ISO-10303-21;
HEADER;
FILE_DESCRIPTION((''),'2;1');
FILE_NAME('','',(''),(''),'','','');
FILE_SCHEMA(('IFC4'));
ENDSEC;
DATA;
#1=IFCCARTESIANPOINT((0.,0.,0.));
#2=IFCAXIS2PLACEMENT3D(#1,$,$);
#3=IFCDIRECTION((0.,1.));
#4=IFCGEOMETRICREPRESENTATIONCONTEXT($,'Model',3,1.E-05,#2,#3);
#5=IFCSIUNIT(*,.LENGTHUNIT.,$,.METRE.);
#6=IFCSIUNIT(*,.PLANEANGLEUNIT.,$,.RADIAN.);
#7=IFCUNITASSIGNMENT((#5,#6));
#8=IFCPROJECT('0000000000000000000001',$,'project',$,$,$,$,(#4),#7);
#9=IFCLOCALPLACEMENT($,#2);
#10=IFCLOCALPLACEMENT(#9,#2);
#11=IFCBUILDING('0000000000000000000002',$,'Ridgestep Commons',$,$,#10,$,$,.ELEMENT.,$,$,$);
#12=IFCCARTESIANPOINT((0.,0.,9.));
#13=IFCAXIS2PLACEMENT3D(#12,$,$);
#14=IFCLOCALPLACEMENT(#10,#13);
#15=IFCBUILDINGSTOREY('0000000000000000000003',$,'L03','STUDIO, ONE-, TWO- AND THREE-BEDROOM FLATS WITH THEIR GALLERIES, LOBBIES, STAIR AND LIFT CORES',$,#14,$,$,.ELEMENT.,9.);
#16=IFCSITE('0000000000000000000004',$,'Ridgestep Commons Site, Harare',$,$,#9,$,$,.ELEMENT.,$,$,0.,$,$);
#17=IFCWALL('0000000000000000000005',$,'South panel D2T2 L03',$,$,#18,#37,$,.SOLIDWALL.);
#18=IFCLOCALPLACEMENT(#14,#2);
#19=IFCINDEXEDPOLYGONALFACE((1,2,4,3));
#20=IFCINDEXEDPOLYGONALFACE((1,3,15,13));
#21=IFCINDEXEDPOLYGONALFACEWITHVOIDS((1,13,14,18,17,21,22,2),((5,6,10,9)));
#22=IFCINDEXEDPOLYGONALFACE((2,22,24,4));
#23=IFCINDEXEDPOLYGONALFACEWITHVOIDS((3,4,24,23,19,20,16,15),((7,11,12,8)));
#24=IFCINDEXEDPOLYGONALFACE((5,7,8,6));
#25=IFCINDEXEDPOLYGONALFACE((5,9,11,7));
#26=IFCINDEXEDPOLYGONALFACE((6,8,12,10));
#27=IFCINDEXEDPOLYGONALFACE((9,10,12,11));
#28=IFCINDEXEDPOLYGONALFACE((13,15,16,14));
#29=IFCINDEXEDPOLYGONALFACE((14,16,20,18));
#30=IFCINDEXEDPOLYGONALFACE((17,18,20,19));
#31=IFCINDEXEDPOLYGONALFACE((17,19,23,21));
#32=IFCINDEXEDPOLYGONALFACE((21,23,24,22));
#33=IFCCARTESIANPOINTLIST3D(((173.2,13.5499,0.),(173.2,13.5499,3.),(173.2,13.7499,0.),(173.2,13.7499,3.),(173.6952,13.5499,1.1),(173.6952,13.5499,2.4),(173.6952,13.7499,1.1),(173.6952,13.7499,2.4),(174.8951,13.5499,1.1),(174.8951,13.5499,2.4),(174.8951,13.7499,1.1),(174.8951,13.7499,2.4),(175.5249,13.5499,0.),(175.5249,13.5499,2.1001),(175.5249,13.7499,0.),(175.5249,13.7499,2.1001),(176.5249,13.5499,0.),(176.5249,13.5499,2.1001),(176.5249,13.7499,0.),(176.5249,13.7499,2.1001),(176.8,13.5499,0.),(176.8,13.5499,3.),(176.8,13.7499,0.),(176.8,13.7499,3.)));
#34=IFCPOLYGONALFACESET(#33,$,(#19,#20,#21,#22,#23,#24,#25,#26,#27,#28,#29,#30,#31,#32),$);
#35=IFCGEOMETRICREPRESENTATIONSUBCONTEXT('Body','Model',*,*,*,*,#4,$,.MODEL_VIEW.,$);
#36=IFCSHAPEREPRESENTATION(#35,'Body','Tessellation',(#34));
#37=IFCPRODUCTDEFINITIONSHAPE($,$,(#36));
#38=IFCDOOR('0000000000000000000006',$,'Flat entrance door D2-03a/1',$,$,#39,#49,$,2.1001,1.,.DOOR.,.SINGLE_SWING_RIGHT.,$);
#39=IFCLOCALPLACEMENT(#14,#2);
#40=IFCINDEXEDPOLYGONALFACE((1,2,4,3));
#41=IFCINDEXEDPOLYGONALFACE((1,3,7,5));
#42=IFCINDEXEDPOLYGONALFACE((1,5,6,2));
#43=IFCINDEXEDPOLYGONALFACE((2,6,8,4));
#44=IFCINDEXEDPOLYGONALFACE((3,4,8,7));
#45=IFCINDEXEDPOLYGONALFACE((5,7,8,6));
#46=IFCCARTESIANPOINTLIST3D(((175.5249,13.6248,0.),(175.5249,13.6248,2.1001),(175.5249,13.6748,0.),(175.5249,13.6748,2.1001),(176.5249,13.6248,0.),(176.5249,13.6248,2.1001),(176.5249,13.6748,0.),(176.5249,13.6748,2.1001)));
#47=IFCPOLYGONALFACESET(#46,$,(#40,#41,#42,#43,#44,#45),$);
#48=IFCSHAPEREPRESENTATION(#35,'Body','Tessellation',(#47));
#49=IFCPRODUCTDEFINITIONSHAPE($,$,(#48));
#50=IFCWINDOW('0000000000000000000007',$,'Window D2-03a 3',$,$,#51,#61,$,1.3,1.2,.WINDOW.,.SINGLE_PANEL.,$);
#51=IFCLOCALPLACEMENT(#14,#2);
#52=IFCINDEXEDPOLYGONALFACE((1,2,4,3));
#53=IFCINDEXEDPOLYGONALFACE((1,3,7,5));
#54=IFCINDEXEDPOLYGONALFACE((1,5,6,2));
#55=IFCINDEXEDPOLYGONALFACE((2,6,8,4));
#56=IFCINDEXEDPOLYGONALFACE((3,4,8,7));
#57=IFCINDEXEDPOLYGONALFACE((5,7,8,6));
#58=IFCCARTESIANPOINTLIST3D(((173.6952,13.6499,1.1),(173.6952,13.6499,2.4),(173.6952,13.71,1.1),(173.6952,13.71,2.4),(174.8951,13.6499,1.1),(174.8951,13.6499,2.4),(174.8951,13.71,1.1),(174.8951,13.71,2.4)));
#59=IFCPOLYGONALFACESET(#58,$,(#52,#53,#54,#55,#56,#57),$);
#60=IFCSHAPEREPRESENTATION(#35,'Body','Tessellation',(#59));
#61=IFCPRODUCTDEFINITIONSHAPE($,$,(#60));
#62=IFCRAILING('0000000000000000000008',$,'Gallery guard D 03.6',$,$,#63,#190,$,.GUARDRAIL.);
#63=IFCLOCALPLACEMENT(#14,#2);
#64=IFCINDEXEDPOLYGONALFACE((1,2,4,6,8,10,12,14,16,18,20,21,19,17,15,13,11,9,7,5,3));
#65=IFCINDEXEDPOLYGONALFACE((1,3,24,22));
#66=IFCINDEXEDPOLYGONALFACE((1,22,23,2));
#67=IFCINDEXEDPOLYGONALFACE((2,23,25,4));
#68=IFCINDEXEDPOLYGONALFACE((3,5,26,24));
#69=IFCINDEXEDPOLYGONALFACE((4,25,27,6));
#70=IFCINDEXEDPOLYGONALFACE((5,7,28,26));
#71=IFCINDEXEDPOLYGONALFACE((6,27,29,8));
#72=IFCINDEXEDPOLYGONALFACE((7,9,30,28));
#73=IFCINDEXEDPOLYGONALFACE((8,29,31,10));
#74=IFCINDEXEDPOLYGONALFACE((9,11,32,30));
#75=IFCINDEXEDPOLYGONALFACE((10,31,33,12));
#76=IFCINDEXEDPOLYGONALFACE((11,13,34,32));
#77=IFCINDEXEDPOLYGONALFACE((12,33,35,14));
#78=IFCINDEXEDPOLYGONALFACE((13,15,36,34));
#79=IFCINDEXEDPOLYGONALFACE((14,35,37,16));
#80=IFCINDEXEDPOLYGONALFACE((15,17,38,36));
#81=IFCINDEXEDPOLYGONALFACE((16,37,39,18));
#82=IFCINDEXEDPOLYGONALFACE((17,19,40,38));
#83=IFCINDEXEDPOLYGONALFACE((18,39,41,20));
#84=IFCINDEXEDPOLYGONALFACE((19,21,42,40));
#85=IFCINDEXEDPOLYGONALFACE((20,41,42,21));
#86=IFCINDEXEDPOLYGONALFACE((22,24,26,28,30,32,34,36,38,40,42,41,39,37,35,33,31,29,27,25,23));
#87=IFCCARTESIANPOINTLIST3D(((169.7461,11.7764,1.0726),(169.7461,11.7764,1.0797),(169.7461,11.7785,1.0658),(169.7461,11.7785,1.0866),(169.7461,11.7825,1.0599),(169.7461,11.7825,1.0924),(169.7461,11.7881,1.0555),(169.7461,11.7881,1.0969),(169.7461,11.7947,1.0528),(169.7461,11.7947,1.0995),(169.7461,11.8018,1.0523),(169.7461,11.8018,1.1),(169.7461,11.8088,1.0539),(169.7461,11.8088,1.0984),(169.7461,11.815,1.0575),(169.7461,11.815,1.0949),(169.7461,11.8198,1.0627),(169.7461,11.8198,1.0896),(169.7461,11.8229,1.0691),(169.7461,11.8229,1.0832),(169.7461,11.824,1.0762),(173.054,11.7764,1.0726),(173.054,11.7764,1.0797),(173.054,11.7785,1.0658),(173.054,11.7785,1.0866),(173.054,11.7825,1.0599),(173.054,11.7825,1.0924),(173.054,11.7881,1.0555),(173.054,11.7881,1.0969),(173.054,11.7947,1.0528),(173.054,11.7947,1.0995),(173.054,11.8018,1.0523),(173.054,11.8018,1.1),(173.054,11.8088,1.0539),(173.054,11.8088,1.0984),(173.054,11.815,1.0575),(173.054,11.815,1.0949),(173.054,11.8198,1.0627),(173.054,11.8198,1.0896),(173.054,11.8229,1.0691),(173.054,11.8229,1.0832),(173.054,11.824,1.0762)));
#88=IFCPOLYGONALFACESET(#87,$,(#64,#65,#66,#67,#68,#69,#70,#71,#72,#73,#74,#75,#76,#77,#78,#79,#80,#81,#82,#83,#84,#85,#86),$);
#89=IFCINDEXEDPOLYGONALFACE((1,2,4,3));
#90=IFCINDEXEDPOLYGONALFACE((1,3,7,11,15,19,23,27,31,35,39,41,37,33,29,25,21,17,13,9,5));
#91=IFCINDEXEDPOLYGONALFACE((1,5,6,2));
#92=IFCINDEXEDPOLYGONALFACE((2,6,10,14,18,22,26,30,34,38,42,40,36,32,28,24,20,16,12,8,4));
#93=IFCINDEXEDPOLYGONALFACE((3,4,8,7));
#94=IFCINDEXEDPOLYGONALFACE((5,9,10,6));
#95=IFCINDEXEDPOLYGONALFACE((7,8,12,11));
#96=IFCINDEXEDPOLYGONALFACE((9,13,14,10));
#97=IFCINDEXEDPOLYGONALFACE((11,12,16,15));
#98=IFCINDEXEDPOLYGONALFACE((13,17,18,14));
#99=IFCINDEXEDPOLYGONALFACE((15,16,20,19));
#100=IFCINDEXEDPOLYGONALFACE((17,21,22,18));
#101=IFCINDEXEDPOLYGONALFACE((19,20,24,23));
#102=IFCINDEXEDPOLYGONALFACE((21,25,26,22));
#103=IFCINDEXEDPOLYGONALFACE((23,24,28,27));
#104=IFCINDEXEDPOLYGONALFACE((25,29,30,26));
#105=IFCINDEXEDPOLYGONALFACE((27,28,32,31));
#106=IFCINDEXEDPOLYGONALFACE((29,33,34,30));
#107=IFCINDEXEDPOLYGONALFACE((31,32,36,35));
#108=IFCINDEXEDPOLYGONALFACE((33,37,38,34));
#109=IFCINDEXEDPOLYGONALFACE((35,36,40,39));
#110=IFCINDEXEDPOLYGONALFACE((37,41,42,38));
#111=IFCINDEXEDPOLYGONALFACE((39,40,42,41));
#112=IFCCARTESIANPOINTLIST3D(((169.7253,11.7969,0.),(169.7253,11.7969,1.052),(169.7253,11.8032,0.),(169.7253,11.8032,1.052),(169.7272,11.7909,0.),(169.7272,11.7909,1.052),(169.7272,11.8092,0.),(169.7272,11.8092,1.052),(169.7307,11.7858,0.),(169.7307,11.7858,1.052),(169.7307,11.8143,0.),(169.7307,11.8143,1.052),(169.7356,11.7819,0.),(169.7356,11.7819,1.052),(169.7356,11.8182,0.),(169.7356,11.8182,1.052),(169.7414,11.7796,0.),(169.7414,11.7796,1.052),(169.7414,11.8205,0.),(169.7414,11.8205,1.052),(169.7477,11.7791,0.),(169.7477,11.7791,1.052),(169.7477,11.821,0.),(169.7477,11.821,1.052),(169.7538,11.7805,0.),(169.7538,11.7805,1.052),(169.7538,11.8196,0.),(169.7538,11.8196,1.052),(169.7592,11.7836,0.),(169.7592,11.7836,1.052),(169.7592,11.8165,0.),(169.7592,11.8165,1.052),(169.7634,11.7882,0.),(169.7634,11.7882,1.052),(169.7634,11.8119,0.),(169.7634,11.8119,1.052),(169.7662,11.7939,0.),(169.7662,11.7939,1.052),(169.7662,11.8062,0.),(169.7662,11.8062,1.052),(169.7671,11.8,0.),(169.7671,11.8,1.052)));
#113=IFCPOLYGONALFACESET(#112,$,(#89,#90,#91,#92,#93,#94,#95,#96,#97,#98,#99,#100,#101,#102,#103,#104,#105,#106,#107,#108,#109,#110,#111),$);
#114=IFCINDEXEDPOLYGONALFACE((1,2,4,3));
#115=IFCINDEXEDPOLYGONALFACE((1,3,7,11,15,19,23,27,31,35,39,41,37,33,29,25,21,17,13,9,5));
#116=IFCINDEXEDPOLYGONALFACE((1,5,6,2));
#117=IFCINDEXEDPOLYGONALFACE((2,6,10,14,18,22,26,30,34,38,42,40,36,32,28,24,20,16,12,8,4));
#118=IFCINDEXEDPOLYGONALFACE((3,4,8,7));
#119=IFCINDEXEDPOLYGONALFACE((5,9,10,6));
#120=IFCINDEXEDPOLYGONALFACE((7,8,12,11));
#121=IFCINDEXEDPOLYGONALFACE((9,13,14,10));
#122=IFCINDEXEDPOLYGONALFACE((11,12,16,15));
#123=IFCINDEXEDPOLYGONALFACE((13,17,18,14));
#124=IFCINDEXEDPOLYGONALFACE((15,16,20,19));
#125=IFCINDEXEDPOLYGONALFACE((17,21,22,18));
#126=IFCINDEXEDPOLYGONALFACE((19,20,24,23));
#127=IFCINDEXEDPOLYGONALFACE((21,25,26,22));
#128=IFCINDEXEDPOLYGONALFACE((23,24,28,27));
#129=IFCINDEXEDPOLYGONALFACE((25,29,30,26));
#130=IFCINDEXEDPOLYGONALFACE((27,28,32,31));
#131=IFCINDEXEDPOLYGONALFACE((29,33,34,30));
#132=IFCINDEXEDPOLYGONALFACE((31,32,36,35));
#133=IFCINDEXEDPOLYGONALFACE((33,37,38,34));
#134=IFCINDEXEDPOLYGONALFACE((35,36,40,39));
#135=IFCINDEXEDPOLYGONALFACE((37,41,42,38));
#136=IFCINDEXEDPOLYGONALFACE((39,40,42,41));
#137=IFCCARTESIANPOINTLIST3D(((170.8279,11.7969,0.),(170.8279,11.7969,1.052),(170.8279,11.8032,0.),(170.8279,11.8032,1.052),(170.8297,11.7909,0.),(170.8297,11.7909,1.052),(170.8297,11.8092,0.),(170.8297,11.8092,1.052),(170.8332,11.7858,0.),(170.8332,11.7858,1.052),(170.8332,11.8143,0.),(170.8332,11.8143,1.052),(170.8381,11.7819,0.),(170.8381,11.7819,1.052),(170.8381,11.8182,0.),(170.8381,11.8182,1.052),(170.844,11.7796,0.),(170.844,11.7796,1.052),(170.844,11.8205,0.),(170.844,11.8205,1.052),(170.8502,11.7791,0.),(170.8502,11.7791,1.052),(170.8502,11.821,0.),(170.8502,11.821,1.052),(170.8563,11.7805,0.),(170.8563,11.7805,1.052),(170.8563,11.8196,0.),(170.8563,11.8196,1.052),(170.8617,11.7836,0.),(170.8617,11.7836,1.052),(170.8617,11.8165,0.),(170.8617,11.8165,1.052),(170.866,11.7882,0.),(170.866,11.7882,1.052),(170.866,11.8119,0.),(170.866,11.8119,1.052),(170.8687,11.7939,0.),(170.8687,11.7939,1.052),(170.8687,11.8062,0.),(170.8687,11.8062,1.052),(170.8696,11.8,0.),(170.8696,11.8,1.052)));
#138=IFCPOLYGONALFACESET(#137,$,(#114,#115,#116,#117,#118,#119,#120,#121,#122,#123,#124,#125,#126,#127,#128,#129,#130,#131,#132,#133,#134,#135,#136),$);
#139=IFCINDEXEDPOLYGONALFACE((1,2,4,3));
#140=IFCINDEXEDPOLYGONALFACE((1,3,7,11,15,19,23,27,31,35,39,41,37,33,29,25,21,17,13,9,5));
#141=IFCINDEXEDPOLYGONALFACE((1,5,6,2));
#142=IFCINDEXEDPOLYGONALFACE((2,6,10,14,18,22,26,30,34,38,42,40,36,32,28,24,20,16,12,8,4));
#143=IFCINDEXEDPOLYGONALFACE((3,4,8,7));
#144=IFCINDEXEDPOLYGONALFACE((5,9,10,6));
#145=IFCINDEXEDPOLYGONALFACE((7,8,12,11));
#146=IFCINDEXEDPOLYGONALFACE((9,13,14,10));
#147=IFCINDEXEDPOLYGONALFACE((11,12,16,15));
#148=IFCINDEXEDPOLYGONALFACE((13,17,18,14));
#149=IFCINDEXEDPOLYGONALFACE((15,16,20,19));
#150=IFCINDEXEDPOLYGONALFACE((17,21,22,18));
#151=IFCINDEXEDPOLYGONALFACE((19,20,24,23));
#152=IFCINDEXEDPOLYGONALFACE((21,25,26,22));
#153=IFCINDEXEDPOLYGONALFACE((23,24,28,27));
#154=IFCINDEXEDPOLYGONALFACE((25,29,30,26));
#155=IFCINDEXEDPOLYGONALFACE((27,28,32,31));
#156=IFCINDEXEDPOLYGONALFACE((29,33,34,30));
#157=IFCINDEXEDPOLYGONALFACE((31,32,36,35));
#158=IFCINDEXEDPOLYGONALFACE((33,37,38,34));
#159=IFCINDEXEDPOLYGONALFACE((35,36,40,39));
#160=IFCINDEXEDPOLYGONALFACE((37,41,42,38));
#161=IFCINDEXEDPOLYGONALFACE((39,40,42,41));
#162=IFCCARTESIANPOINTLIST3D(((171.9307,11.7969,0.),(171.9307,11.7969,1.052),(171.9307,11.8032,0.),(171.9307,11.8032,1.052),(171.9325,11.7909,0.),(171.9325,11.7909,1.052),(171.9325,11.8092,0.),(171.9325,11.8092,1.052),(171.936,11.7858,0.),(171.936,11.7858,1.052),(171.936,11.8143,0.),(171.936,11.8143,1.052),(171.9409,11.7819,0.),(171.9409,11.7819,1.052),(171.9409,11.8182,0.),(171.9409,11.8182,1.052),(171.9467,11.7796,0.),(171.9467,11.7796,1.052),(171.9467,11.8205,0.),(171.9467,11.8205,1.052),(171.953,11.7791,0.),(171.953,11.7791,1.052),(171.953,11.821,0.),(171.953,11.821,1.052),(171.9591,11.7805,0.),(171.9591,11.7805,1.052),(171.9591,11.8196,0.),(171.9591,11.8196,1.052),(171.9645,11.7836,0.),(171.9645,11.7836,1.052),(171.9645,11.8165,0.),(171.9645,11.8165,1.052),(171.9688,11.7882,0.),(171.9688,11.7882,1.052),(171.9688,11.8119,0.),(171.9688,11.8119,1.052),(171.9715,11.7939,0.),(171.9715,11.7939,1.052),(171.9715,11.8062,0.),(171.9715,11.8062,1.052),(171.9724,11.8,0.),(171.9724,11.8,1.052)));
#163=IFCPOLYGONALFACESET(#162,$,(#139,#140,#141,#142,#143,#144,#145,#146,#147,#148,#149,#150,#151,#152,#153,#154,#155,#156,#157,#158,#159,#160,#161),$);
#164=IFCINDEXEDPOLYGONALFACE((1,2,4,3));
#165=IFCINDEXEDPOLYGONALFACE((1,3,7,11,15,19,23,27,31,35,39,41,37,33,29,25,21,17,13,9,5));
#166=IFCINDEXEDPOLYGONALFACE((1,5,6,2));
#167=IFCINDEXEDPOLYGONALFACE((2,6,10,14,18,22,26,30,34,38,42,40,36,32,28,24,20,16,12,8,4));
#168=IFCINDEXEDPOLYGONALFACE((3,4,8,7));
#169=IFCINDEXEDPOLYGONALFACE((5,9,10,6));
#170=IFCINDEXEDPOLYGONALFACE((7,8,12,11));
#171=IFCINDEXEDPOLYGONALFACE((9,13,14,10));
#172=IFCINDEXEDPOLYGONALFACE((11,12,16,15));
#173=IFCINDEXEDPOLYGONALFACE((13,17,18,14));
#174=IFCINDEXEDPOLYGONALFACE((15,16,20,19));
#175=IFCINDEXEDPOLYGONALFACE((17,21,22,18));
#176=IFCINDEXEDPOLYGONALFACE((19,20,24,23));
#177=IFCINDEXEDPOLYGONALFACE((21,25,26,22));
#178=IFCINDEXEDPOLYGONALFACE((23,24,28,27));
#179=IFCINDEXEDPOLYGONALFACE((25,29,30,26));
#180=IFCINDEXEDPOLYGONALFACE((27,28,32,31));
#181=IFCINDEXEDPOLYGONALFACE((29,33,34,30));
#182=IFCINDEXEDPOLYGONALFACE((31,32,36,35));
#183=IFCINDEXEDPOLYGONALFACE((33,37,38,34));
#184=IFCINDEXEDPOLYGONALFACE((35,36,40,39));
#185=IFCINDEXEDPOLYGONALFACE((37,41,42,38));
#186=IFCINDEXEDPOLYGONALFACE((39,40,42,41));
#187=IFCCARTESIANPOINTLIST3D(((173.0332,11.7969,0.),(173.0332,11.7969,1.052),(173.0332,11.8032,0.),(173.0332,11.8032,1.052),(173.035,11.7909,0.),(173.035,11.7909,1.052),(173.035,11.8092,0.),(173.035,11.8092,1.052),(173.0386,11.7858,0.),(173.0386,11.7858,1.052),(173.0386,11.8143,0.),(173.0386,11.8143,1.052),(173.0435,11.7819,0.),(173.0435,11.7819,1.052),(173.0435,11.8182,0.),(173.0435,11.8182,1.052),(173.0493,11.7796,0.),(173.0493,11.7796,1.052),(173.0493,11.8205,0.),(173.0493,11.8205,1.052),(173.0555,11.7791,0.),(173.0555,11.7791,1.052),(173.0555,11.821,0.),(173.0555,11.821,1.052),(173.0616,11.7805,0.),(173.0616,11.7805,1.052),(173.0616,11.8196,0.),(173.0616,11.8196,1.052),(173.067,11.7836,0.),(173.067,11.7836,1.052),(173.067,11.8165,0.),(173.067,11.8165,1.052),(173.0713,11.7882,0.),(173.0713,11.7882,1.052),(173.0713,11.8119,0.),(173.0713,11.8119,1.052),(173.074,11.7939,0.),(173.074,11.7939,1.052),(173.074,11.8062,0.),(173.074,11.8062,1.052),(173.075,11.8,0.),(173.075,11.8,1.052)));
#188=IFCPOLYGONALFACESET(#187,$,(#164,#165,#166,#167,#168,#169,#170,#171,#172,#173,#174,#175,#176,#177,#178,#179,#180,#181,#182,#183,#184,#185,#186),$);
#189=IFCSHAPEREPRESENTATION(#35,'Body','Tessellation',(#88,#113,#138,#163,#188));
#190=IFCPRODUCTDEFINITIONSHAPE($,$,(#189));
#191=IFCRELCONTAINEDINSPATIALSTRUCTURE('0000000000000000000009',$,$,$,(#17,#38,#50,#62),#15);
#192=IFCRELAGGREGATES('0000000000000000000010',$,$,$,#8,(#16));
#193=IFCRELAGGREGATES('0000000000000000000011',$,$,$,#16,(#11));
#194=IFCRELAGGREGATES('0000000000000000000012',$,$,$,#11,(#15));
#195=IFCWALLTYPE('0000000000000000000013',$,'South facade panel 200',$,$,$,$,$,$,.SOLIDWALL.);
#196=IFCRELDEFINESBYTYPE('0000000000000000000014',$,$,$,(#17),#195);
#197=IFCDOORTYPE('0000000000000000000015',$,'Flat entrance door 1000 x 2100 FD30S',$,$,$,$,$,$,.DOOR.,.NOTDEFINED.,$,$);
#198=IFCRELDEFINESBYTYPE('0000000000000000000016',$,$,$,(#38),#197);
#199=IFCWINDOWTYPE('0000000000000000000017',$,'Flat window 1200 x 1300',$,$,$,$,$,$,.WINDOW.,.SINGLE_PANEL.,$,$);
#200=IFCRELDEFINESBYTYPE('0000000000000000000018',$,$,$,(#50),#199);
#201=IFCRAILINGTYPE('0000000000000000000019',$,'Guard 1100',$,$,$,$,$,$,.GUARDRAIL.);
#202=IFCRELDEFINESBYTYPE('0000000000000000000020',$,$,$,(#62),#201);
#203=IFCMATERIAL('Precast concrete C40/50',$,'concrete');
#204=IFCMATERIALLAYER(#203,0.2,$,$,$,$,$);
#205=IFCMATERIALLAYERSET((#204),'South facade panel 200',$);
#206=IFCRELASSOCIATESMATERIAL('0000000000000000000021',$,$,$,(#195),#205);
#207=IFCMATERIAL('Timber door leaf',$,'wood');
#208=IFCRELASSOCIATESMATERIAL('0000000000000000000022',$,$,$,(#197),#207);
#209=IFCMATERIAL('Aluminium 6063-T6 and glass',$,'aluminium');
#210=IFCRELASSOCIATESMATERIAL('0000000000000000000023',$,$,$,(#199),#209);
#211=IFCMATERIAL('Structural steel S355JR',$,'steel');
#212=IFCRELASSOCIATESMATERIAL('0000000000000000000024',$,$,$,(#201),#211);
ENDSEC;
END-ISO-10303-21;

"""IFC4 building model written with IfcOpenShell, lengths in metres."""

from ifc_helpers import new_model, si_unit, direction, frame, frame_2d, origin, origin_2d, place, context, subcontext, project, spatial, rectangle, circle, extrude, material, layer, layer_set, type_object, element, fill, save


model = new_model("IFC4")

# Units and contexts
model_context = context("Model", 3, precision=1e-05, world=origin(), true_north=direction((0.0, 1.0)))
body_context = subcontext(model_context, "Body", "Model", "MODEL_VIEW")
ifc_project = project(units=[si_unit("LENGTHUNIT", "METRE"), si_unit("PLANEANGLEUNIT", "RADIAN")], contexts=[model_context])

# Site, building, storey
site_placement = place(None, origin())
site = spatial("IfcSite", under=ifc_project, at=site_placement, Name="Ridgestep Commons Site, Harare", CompositionType="ELEMENT", RefElevation=0.0)
building_placement = place(site_placement, origin())
building = spatial("IfcBuilding", under=site, at=building_placement, Name="Ridgestep Commons", CompositionType="ELEMENT")
storey_placement = place(building_placement, frame((0.0, 0.0, 9.0)))
storey = spatial("IfcBuildingStorey", under=building, at=storey_placement, Name="L03", Description="STUDIO, ONE-, TWO- AND THREE-BEDROOM FLATS WITH THEIR GALLERIES, LOBBIES, STAIR AND LIFT CORES", CompositionType="ELEMENT", Elevation=9.0)

# Wall, openings, door, window
ifc_material_1 = material(Name="Precast concrete C40/50", Category="concrete")
ifc_layer_1 = layer(ifc_material_1, 0.2)
ifc_layer_set_1 = layer_set([ifc_layer_1], Name="South facade panel 200")
wall_type_1 = type_object("IfcWallType", Name="South facade panel 200", PredefinedType="SOLIDWALL", material=ifc_layer_set_1)
wall_1_placement = place(storey_placement, frame((173.2, 13.6499, 0.0), z_axis=(0.0, 0.0, 1.0), x_axis=(1.0, 0.0, 0.0)))
wall_1 = element("IfcWall", 1, at=wall_1_placement, inside=storey, type_object=wall_type_1, Name="South panel D2T2 L03", PredefinedType="SOLIDWALL", context=body_context, shape_type="SweptSolid", body=[
    extrude(rectangle(XDim=3.6001, YDim=0.2, at=frame_2d((1.8, 0.0))), origin(), (0.0, 0.0, 1.0), 3.0),
])
opening_1_placement = place(wall_1_placement, frame((0.4951, 0.0, 1.1001)))
opening_1 = element("IfcOpeningElement", 2, at=opening_1_placement, cuts=wall_1, PredefinedType="OPENING", context=body_context, shape_type="SweptSolid", body=[
    extrude(rectangle(XDim=1.2, YDim=1.3, at=frame_2d((0.6001, 0.6499))), frame((0.0, 0.1099, 0.0), z_axis=(0.0, -1.0, 0.0), x_axis=(1.0, 0.0, 0.0)), (0.0, 0.0, 1.0), 0.22),
])
opening_2_placement = place(wall_1_placement, frame((2.325, 0.0, 0.0)))
opening_2 = element("IfcOpeningElement", 3, at=opening_2_placement, cuts=wall_1, PredefinedType="OPENING", context=body_context, shape_type="SweptSolid", body=[
    extrude(rectangle(XDim=1.0, YDim=2.1001, at=frame_2d((0.5, 1.05))), frame((0.0, 0.1099, 0.0), z_axis=(0.0, -1.0, 0.0), x_axis=(1.0, 0.0, 0.0)), (0.0, 0.0, 1.0), 0.22),
])
ifc_material_2 = material(Name="Timber door leaf", Category="wood")
door_type_1 = type_object("IfcDoorType", Name="Flat entrance door 1000 x 2100 FD30S", OperationType="NOTDEFINED", PredefinedType="DOOR", material=ifc_material_2)
door_1_placement = place(opening_2_placement, origin())
door_1 = element("IfcDoor", 4, at=door_1_placement, inside=storey, type_object=door_type_1, Name="Flat entrance door D2-03a/1", OperationType="SINGLE_SWING_RIGHT", OverallHeight=2.1001, OverallWidth=1.0, PredefinedType="DOOR", context=body_context, shape_type="SweptSolid", body=[
    extrude(rectangle(XDim=1.0, YDim=2.1001, at=frame_2d((0.5, 1.05))), frame((0.0, 0.0249, 0.0), z_axis=(0.0, -1.0, 0.0), x_axis=(1.0, 0.0, 0.0)), (0.0, 0.0, 1.0), 0.05),
])
fill(opening_2, door_1)
ifc_material_3 = material(Name="Aluminium 6063-T6 and glass", Category="aluminium")
window_type = type_object("IfcWindowType", Name="Flat window 1200 x 1300", PartitioningType="SINGLE_PANEL", PredefinedType="WINDOW", material=ifc_material_3)
window_placement = place(opening_1_placement, origin())
window = element("IfcWindow", 5, at=window_placement, inside=storey, type_object=window_type, Name="Window D2-03a 3", OverallHeight=1.3, OverallWidth=1.2, PartitioningType="SINGLE_PANEL", PredefinedType="WINDOW", context=body_context, shape_type="SweptSolid", body=[
    extrude(rectangle(XDim=1.2, YDim=1.3, at=frame_2d((0.6001, 0.6499))), frame((0.0, 0.0601, 0.0), z_axis=(0.0, -1.0, 0.0), x_axis=(1.0, 0.0, 0.0)), (0.0, 0.0, 1.0), 0.0601),
])
fill(opening_1, window)

# Railing
ifc_material_4 = material(Name="Structural steel S355JR", Category="steel")
railing_type = type_object("IfcRailingType", Name="Guard 1100", PredefinedType="GUARDRAIL", material=ifc_material_4)
railing_1_placement = place(storey_placement, frame((169.7461, 11.8, 0.0)))
element("IfcRailing", 6, at=railing_1_placement, inside=storey, type_object=railing_type, Name="Gallery guard D 03.6", PredefinedType="GUARDRAIL", context=body_context, shape_type="SweptSolid", body=[
    extrude(circle(Radius=0.0239, at=origin_2d()), frame((0.0, 0.0, 1.0762), z_axis=(1.0, 0.0, 0.0), x_axis=(0.0, 1.0, 0.0)), (0.0, 0.0, 1.0), 3.3079),
    extrude(circle(Radius=0.021, at=origin_2d()), origin(), (0.0, 0.0, 1.0), 1.052),
    extrude(circle(Radius=0.021, at=origin_2d()), frame((1.1025, 0.0, 0.0)), (0.0, 0.0, 1.0), 1.052),
    extrude(circle(Radius=0.021, at=origin_2d()), frame((2.2053, 0.0, 0.0)), (0.0, 0.0, 1.0), 1.052),
    extrude(circle(Radius=0.021, at=origin_2d()), frame((3.3079, 0.0, 0.0)), (0.0, 0.0, 1.0), 1.052),
])

save(model, "model.ifc")
